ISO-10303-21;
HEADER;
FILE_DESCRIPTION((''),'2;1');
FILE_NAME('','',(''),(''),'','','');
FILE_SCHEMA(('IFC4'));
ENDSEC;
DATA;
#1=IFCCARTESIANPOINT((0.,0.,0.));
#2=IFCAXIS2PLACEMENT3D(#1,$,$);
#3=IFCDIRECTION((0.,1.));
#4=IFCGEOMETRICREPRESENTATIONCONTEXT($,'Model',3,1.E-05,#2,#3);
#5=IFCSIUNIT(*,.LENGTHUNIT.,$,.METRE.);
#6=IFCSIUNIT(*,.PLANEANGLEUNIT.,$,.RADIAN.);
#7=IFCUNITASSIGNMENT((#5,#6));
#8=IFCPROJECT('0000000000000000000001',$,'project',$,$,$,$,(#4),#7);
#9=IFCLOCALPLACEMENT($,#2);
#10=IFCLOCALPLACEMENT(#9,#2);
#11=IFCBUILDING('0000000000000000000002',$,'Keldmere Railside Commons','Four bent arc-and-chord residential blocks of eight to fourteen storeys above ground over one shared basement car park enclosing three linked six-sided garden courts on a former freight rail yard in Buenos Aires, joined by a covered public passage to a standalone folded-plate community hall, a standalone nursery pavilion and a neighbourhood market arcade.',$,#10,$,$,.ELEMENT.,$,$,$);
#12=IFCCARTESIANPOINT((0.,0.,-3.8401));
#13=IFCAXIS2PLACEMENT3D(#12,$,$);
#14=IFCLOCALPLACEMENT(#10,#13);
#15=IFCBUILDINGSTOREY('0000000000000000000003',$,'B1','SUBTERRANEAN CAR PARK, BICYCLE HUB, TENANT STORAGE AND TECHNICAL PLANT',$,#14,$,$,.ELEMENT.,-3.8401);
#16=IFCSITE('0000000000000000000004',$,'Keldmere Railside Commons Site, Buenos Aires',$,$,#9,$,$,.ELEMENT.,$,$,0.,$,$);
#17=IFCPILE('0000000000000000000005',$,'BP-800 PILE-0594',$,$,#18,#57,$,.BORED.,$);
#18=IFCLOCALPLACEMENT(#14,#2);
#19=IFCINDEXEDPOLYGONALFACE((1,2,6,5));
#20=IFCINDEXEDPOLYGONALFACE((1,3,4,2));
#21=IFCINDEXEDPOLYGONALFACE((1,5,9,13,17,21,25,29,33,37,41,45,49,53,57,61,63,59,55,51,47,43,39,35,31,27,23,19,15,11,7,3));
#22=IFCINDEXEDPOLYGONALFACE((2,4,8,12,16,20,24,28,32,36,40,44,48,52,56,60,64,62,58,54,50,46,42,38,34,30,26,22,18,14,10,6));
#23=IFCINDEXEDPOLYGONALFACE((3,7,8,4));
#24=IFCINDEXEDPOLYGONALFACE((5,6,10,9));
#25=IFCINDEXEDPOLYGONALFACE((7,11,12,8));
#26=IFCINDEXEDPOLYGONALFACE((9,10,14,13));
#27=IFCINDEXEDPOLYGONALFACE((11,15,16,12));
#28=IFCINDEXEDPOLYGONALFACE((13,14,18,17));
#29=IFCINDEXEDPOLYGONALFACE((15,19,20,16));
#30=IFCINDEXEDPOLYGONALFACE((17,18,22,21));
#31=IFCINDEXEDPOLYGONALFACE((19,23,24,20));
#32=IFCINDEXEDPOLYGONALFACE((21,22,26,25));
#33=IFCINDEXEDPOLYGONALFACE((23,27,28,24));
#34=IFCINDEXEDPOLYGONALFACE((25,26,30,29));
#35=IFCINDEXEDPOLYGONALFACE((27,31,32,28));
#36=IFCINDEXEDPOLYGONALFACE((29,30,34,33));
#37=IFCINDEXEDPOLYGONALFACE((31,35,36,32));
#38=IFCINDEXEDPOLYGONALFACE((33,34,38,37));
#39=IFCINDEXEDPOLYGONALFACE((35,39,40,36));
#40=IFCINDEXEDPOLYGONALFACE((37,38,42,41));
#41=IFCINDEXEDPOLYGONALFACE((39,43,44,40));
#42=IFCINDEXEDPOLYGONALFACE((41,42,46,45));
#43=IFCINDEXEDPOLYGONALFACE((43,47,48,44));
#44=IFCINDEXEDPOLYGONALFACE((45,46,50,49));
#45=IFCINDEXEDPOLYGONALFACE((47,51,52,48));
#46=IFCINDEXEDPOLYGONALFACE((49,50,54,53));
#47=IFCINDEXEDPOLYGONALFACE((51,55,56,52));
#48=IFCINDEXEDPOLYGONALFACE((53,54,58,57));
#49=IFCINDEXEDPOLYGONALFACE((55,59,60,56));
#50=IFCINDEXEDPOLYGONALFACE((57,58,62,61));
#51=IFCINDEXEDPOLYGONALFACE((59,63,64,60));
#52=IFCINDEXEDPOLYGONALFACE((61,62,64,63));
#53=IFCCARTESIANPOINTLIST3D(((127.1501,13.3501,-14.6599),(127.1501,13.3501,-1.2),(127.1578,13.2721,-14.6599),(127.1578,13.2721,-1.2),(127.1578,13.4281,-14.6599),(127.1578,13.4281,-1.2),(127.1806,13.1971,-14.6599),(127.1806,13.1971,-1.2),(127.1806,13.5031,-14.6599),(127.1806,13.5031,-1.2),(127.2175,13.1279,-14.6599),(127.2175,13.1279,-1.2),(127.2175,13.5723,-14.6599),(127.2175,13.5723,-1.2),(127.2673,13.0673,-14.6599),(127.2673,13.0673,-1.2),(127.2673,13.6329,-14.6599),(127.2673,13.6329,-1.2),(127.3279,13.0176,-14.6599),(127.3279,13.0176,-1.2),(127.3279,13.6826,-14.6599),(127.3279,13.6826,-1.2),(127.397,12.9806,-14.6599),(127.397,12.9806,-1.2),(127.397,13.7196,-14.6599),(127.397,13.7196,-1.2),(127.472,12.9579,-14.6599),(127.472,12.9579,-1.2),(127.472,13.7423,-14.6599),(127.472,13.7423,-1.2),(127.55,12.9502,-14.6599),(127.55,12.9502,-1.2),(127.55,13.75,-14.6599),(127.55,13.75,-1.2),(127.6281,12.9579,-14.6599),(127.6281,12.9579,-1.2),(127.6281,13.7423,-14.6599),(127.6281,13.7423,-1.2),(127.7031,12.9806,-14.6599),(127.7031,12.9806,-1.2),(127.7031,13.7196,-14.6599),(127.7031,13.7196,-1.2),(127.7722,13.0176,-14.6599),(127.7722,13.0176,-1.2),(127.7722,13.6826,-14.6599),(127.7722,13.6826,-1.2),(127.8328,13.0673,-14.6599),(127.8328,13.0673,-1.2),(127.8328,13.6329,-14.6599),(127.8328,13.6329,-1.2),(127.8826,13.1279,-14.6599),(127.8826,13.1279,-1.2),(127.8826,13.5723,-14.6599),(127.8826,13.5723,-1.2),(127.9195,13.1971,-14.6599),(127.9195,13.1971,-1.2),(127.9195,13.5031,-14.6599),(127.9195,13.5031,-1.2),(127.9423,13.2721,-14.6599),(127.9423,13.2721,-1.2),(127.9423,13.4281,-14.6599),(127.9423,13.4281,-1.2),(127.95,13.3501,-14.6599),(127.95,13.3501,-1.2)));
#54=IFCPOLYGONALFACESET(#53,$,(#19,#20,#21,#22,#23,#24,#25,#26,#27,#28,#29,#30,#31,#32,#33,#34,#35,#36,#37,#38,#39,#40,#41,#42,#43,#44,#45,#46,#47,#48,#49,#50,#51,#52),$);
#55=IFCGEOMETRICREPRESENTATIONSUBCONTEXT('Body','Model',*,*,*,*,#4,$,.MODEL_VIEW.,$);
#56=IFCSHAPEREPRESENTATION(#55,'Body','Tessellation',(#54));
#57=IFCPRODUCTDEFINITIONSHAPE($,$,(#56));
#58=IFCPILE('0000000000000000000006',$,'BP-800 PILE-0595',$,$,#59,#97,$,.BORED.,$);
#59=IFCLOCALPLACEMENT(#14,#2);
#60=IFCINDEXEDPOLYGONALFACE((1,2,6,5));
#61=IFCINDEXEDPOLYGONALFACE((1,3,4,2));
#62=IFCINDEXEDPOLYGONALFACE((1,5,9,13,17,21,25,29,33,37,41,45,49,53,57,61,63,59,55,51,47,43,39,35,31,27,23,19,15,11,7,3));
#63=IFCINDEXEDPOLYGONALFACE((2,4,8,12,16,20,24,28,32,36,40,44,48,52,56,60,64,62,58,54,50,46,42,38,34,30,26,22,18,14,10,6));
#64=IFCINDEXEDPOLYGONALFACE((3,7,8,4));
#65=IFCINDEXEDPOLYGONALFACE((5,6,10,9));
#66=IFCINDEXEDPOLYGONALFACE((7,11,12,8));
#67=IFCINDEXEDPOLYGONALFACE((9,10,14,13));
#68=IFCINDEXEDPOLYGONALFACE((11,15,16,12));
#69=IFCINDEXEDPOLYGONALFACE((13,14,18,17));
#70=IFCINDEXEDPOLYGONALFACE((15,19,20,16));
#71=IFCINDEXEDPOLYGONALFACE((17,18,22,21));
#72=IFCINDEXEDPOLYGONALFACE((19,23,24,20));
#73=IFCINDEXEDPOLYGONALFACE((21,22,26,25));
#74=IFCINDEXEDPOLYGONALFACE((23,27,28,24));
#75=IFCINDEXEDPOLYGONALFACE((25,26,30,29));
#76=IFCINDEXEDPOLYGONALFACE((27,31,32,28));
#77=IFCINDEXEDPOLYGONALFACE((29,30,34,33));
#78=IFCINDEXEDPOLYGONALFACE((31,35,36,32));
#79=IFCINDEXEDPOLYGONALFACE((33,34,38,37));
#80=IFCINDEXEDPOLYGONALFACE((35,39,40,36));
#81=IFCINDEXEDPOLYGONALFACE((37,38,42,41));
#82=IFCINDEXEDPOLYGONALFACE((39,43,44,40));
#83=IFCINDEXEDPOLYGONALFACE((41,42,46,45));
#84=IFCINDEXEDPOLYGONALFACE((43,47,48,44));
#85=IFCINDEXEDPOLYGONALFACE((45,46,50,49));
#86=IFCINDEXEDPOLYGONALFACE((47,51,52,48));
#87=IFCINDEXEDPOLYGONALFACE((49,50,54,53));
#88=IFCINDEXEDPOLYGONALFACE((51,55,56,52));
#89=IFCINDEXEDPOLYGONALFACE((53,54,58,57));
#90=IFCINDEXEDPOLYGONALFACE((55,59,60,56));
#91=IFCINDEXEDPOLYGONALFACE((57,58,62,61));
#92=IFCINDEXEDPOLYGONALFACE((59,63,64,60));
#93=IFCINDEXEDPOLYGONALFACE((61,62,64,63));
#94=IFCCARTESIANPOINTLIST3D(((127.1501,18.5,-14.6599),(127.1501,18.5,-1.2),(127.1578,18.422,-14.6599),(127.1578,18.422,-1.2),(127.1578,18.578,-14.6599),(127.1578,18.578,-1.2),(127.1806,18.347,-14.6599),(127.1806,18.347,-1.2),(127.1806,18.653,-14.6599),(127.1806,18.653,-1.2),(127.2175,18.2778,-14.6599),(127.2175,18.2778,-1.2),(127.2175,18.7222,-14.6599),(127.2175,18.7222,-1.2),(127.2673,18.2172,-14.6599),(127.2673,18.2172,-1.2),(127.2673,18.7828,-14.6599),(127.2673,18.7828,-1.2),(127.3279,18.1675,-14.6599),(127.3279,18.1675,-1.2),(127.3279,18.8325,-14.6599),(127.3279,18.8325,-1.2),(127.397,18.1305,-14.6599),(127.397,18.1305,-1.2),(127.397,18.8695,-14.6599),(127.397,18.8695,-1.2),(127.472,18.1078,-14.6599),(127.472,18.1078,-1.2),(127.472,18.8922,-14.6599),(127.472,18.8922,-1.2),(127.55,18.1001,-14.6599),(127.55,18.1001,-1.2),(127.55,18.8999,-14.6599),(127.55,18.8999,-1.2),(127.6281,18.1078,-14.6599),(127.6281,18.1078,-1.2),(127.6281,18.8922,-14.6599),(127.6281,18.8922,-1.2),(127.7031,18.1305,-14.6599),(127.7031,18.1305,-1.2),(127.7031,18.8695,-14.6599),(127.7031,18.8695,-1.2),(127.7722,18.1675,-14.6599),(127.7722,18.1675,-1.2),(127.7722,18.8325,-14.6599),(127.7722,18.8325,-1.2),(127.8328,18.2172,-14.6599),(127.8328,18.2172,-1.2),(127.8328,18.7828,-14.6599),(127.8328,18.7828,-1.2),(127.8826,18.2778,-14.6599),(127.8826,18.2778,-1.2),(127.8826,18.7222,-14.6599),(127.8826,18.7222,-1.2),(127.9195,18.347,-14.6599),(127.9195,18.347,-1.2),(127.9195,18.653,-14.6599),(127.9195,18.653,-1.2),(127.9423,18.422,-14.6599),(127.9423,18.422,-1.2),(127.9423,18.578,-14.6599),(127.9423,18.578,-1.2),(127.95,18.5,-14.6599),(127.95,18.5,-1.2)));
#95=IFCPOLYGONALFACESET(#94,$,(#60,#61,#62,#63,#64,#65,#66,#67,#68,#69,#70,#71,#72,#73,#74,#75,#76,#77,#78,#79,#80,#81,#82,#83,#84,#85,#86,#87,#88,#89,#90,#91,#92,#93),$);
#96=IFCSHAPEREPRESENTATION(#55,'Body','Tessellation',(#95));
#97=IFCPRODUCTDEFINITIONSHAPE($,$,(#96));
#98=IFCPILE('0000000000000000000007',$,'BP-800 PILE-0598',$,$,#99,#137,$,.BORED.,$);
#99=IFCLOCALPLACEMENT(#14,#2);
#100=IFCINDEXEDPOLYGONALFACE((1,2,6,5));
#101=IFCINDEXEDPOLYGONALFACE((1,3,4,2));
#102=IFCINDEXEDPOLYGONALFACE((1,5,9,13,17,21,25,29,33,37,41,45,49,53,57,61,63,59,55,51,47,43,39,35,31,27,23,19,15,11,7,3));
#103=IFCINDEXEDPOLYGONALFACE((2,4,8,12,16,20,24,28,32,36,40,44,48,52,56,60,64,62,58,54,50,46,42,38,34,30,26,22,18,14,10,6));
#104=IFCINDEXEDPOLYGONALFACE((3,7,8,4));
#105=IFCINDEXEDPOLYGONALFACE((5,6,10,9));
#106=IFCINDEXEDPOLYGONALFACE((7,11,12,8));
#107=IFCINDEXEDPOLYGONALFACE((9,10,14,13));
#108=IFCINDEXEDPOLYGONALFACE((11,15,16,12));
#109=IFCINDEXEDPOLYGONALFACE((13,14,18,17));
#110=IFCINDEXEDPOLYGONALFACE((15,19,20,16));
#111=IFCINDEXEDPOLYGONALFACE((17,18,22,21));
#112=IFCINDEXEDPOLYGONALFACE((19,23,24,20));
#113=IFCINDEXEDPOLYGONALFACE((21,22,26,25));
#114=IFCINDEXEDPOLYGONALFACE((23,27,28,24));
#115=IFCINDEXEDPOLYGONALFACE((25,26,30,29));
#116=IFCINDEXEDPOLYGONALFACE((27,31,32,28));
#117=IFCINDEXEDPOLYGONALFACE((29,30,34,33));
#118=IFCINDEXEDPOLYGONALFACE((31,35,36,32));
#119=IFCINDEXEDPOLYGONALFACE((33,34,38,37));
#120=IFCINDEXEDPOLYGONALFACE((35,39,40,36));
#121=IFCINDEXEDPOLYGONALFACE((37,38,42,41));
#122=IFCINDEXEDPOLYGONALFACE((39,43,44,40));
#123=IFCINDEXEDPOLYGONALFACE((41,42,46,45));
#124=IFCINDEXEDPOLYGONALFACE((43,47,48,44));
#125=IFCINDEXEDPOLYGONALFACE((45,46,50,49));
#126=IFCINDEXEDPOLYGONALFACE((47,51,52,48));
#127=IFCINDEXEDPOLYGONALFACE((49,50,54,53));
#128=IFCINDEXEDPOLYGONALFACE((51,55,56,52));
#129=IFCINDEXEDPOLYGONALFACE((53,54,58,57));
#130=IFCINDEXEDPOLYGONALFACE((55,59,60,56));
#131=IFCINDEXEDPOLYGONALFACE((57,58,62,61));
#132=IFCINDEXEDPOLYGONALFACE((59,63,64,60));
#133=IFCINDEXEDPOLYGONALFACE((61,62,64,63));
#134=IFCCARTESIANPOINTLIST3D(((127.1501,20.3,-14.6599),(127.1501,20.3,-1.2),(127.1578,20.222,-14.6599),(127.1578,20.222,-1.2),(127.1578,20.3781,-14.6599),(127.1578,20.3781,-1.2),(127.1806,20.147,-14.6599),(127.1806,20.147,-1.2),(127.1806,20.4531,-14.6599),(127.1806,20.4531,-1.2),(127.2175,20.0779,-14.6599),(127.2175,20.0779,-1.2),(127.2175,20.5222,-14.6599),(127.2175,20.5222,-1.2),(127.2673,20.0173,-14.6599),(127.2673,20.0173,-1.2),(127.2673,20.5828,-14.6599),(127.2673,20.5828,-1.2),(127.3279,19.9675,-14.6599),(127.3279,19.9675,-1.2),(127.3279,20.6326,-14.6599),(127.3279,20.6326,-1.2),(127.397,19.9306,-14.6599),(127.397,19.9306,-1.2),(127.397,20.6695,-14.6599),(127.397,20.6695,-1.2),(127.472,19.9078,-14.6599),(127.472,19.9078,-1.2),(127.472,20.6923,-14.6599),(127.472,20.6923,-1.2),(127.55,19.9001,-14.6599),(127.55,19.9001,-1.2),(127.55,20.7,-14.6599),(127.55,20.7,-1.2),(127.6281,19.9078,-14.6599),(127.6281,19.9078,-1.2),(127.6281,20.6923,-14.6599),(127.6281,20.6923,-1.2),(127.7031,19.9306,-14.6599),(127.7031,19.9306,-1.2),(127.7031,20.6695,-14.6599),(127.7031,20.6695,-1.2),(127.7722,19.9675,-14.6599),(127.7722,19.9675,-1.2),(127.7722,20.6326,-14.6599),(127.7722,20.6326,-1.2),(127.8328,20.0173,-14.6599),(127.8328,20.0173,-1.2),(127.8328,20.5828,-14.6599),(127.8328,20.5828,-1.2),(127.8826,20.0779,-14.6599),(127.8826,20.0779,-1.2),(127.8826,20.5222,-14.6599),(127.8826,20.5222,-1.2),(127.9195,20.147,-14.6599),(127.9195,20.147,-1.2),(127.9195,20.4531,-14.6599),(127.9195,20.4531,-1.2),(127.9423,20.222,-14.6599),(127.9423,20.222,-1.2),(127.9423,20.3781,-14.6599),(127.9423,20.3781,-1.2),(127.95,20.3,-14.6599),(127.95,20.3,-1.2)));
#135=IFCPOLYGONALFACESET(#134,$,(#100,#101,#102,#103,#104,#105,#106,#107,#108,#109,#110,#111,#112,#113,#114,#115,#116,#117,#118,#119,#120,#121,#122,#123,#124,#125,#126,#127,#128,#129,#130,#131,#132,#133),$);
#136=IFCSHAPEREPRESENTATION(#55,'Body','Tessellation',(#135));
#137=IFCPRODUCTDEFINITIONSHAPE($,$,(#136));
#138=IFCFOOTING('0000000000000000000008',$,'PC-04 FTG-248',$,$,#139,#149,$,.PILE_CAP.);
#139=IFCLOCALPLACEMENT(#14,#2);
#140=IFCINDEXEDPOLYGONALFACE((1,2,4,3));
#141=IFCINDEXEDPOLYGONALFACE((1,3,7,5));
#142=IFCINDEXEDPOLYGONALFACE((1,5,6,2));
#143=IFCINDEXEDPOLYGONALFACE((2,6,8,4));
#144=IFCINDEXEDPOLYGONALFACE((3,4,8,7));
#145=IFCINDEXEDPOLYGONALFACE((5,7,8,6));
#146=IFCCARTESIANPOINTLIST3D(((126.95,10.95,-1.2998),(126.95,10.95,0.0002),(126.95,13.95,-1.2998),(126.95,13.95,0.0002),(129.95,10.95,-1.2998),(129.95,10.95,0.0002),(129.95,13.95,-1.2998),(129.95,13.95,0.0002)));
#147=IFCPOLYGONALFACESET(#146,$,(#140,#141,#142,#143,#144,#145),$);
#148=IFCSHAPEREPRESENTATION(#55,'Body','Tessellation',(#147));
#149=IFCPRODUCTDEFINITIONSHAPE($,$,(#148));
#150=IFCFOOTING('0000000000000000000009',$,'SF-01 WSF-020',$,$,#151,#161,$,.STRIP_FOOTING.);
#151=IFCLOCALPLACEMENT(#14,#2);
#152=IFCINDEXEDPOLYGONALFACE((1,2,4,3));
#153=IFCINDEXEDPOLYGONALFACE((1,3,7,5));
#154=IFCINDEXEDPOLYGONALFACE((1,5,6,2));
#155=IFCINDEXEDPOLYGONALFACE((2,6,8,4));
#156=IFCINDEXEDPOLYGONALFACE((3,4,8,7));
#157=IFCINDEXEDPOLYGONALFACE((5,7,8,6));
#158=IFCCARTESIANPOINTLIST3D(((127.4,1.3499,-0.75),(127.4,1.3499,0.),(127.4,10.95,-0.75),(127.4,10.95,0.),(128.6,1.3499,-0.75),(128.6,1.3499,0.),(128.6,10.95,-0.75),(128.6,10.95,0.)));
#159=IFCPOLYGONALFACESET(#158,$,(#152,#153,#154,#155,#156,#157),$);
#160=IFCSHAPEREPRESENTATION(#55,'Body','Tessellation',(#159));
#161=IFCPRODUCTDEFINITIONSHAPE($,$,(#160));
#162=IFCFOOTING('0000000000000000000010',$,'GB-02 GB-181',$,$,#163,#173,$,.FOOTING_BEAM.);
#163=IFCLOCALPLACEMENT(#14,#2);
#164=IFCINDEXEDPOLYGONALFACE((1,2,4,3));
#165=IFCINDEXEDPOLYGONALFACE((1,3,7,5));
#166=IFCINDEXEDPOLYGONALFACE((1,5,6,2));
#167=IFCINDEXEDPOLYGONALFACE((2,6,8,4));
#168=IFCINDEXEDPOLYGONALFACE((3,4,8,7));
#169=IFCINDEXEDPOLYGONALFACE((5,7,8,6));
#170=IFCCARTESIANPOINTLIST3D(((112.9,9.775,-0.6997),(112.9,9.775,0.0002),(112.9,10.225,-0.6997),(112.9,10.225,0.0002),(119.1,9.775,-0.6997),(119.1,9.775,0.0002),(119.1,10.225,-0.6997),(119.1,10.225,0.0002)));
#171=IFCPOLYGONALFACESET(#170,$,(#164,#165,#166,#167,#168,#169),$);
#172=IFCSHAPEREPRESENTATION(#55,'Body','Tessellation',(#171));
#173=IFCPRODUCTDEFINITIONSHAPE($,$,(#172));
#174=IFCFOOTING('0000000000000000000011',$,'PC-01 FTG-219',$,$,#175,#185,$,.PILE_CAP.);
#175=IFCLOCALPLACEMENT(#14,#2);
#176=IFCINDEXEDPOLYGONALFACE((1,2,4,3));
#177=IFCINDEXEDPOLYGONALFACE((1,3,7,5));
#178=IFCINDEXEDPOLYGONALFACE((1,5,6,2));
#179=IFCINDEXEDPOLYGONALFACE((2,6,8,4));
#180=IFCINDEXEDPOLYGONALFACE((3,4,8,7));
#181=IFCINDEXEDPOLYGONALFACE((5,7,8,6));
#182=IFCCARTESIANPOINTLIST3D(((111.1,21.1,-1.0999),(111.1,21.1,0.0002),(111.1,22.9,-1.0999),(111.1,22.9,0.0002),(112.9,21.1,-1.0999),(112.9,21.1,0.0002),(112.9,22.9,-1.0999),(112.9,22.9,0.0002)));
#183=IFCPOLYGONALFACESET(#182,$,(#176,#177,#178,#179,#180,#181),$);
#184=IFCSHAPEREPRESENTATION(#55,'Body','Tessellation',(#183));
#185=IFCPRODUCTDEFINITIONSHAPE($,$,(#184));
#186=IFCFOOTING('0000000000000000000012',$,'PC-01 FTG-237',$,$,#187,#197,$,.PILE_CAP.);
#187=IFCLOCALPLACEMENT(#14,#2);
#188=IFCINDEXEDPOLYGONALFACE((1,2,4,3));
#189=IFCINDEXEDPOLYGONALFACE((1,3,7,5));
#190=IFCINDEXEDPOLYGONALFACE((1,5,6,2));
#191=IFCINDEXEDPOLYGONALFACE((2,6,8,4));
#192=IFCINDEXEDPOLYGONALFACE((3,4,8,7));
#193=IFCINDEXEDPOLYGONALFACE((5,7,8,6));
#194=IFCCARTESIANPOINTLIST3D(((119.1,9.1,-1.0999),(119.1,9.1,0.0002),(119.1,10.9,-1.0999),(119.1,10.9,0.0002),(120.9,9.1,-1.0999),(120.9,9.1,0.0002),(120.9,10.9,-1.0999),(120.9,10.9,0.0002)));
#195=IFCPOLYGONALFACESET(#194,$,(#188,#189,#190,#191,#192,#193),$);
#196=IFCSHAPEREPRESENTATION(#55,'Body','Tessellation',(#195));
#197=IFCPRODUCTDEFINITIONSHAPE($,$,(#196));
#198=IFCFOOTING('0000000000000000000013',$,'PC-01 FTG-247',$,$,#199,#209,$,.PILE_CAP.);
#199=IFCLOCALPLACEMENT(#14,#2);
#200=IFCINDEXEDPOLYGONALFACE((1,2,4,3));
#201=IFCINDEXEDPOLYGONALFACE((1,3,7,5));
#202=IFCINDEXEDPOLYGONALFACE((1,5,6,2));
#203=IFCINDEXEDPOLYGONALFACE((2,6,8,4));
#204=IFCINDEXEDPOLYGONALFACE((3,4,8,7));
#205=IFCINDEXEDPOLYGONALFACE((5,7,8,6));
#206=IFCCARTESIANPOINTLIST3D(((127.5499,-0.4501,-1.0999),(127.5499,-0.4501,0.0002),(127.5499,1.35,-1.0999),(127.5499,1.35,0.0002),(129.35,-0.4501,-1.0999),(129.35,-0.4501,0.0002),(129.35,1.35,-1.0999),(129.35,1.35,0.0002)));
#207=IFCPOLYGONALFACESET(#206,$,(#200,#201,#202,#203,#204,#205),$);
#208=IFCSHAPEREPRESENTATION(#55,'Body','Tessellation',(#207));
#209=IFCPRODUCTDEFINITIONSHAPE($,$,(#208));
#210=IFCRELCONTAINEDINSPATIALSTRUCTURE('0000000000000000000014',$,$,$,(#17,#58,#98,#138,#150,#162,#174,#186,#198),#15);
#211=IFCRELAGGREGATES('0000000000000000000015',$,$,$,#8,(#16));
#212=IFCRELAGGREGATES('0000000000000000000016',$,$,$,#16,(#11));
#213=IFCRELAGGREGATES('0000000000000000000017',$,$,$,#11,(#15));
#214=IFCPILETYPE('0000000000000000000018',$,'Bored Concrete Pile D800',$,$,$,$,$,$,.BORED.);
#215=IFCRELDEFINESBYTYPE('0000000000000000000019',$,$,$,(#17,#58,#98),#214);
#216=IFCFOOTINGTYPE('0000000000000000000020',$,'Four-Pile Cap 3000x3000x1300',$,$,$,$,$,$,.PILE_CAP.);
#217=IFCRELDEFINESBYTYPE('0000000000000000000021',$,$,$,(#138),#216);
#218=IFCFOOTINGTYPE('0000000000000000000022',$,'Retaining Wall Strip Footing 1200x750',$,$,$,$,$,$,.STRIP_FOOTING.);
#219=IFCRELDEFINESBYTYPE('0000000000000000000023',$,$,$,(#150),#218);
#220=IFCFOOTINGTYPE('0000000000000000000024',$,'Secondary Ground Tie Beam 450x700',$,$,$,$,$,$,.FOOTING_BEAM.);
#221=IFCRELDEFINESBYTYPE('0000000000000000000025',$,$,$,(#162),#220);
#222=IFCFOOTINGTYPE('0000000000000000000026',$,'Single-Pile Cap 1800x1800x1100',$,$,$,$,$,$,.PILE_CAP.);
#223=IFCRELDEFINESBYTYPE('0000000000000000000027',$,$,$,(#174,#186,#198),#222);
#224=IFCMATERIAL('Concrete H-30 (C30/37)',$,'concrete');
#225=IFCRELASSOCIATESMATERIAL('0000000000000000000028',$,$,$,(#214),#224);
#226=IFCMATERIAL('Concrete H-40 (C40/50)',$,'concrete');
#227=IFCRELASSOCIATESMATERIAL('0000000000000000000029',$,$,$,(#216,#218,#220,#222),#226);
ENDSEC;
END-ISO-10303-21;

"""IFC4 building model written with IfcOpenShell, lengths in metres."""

from ifc_helpers import new_model, si_unit, direction, frame, origin, origin_2d, place, context, subcontext, project, spatial, rectangle, circle, extrude, material, material_profile, profile_set, type_object, element, save


model = new_model("IFC4")

# Units and contexts
model_context = context("Model", 3, precision=1e-05, world=origin(), true_north=direction((0.0, 1.0)))
body_context = subcontext(model_context, "Body", "Model", "MODEL_VIEW")
ifc_project = project(units=[si_unit("LENGTHUNIT", "METRE"), si_unit("PLANEANGLEUNIT", "RADIAN")], contexts=[model_context])

# Site, building, storey
site_placement = place(None, origin())
site = spatial("IfcSite", under=ifc_project, at=site_placement, Name="Keldmere Railside Commons Site, Buenos Aires", CompositionType="ELEMENT", RefElevation=0.0)
building_placement = place(site_placement, origin())
building = spatial("IfcBuilding", under=site, at=building_placement, Name="Keldmere Railside Commons", Description="Four bent arc-and-chord residential blocks of eight to fourteen storeys above ground over one shared basement car park enclosing three linked six-sided garden courts on a former freight rail yard in Buenos Aires, joined by a covered public passage to a standalone folded-plate community hall, a standalone nursery pavilion and a neighbourhood market arcade.", CompositionType="ELEMENT")
storey_placement = place(building_placement, frame((0.0, 0.0, -3.8401)))
storey = spatial("IfcBuildingStorey", under=building, at=storey_placement, Name="B1", Description="SUBTERRANEAN CAR PARK, BICYCLE HUB, TENANT STORAGE AND TECHNICAL PLANT", CompositionType="ELEMENT", Elevation=-3.8401)

# Piles
ifc_material_1 = material(Name="Concrete H-30 (C30/37)", Category="concrete")
ifc_material_profile_1 = material_profile(ifc_material_1, circle(Radius=0.3999, at=origin_2d()), Name="PILE-D800")
ifc_profile_set_1 = profile_set([ifc_material_profile_1], Name="Concrete H-30 (C30/37)")
pile_type = type_object("IfcPileType", Name="Bored Concrete Pile D800", PredefinedType="BORED", material=ifc_profile_set_1)
for number, where, z_axis, x_axis, name in (
    (1, (127.55, 13.3501, -1.2), (0.0, 0.0, -1.0), (1.0, 0.0, 0.0), "BP-800 PILE-0594"),
    (2, (127.55, 18.5, -1.2), (0.0, 0.0, -1.0), (1.0, 0.0, 0.0), "BP-800 PILE-0595"),
    (3, (127.55, 20.3, -1.2), (0.0, 0.0, -1.0), (1.0, 0.0, 0.0), "BP-800 PILE-0598"),
):
    element("IfcPile", number, at=place(storey_placement, frame(where, z_axis=z_axis, x_axis=x_axis)), inside=storey, type_object=pile_type, Name=name, PredefinedType="BORED", context=body_context, shape_type="SweptSolid", body=[
        extrude(circle(Radius=0.3999, at=origin_2d()), origin(), (0.0, 0.0, 1.0), 13.46),
    ])

# Footings
ifc_material_2 = material(Name="Concrete H-40 (C40/50)", Category="concrete")
footing_type_1 = type_object("IfcFootingType", Name="Four-Pile Cap 3000x3000x1300", PredefinedType="PILE_CAP", material=ifc_material_2)
footing_1_placement = place(storey_placement, frame((128.45, 12.45, -1.2998), z_axis=(0.0, 0.0, 1.0), x_axis=(1.0, 0.0, 0.0)))
element("IfcFooting", 4, at=footing_1_placement, inside=storey, type_object=footing_type_1, Name="PC-04 FTG-248", PredefinedType="PILE_CAP", context=body_context, shape_type="SweptSolid", body=[
    extrude(rectangle(XDim=3.0, YDim=3.0, at=origin_2d()), origin(), (0.0, 0.0, 1.0), 1.3),
])
footing_type_2 = type_object("IfcFootingType", Name="Retaining Wall Strip Footing 1200x750", PredefinedType="STRIP_FOOTING", material=ifc_material_2)
footing_2_placement = place(storey_placement, frame((128.0, 6.1499, -0.75), z_axis=(0.0, 0.0, 1.0), x_axis=(0.0, 1.0, 0.0)))
element("IfcFooting", 5, at=footing_2_placement, inside=storey, type_object=footing_type_2, Name="SF-01 WSF-020", PredefinedType="STRIP_FOOTING", context=body_context, shape_type="SweptSolid", body=[
    extrude(rectangle(XDim=9.6001, YDim=1.2, at=origin_2d()), origin(), (0.0, 0.0, 1.0), 0.75),
])
footing_type_3 = type_object("IfcFootingType", Name="Secondary Ground Tie Beam 450x700", PredefinedType="FOOTING_BEAM", material=ifc_material_2)
footing_3_placement = place(storey_placement, frame((116.0, 10.0, -0.6997), z_axis=(0.0, 0.0, 1.0), x_axis=(1.0, 0.0, 0.0)))
element("IfcFooting", 6, at=footing_3_placement, inside=storey, type_object=footing_type_3, Name="GB-02 GB-181", PredefinedType="FOOTING_BEAM", context=body_context, shape_type="SweptSolid", body=[
    extrude(rectangle(XDim=6.2, YDim=0.45, at=origin_2d()), origin(), (0.0, 0.0, 1.0), 0.7),
])
footing_type_4 = type_object("IfcFootingType", Name="Single-Pile Cap 1800x1800x1100", PredefinedType="PILE_CAP", material=ifc_material_2)
for number, where, z_axis, x_axis, name in (
    (7, (112.0, 22.0, -1.0999), (0.0, 0.0, 1.0), (1.0, 0.0, 0.0), "PC-01 FTG-219"),
    (8, (120.0, 10.0, -1.0999), (0.0, 0.0, 1.0), (1.0, 0.0, 0.0), "PC-01 FTG-237"),
    (9, (128.45, 0.45, -1.0999), (0.0, 0.0, 1.0), (1.0, 0.0, 0.0), "PC-01 FTG-247"),
):
    element("IfcFooting", number, at=place(storey_placement, frame(where, z_axis=z_axis, x_axis=x_axis)), inside=storey, type_object=footing_type_4, Name=name, PredefinedType="PILE_CAP", context=body_context, shape_type="SweptSolid", body=[
        extrude(rectangle(XDim=1.8, YDim=1.8, at=origin_2d()), origin(), (0.0, 0.0, 1.0), 1.1001),
    ])

save(model, "model.ifc")
